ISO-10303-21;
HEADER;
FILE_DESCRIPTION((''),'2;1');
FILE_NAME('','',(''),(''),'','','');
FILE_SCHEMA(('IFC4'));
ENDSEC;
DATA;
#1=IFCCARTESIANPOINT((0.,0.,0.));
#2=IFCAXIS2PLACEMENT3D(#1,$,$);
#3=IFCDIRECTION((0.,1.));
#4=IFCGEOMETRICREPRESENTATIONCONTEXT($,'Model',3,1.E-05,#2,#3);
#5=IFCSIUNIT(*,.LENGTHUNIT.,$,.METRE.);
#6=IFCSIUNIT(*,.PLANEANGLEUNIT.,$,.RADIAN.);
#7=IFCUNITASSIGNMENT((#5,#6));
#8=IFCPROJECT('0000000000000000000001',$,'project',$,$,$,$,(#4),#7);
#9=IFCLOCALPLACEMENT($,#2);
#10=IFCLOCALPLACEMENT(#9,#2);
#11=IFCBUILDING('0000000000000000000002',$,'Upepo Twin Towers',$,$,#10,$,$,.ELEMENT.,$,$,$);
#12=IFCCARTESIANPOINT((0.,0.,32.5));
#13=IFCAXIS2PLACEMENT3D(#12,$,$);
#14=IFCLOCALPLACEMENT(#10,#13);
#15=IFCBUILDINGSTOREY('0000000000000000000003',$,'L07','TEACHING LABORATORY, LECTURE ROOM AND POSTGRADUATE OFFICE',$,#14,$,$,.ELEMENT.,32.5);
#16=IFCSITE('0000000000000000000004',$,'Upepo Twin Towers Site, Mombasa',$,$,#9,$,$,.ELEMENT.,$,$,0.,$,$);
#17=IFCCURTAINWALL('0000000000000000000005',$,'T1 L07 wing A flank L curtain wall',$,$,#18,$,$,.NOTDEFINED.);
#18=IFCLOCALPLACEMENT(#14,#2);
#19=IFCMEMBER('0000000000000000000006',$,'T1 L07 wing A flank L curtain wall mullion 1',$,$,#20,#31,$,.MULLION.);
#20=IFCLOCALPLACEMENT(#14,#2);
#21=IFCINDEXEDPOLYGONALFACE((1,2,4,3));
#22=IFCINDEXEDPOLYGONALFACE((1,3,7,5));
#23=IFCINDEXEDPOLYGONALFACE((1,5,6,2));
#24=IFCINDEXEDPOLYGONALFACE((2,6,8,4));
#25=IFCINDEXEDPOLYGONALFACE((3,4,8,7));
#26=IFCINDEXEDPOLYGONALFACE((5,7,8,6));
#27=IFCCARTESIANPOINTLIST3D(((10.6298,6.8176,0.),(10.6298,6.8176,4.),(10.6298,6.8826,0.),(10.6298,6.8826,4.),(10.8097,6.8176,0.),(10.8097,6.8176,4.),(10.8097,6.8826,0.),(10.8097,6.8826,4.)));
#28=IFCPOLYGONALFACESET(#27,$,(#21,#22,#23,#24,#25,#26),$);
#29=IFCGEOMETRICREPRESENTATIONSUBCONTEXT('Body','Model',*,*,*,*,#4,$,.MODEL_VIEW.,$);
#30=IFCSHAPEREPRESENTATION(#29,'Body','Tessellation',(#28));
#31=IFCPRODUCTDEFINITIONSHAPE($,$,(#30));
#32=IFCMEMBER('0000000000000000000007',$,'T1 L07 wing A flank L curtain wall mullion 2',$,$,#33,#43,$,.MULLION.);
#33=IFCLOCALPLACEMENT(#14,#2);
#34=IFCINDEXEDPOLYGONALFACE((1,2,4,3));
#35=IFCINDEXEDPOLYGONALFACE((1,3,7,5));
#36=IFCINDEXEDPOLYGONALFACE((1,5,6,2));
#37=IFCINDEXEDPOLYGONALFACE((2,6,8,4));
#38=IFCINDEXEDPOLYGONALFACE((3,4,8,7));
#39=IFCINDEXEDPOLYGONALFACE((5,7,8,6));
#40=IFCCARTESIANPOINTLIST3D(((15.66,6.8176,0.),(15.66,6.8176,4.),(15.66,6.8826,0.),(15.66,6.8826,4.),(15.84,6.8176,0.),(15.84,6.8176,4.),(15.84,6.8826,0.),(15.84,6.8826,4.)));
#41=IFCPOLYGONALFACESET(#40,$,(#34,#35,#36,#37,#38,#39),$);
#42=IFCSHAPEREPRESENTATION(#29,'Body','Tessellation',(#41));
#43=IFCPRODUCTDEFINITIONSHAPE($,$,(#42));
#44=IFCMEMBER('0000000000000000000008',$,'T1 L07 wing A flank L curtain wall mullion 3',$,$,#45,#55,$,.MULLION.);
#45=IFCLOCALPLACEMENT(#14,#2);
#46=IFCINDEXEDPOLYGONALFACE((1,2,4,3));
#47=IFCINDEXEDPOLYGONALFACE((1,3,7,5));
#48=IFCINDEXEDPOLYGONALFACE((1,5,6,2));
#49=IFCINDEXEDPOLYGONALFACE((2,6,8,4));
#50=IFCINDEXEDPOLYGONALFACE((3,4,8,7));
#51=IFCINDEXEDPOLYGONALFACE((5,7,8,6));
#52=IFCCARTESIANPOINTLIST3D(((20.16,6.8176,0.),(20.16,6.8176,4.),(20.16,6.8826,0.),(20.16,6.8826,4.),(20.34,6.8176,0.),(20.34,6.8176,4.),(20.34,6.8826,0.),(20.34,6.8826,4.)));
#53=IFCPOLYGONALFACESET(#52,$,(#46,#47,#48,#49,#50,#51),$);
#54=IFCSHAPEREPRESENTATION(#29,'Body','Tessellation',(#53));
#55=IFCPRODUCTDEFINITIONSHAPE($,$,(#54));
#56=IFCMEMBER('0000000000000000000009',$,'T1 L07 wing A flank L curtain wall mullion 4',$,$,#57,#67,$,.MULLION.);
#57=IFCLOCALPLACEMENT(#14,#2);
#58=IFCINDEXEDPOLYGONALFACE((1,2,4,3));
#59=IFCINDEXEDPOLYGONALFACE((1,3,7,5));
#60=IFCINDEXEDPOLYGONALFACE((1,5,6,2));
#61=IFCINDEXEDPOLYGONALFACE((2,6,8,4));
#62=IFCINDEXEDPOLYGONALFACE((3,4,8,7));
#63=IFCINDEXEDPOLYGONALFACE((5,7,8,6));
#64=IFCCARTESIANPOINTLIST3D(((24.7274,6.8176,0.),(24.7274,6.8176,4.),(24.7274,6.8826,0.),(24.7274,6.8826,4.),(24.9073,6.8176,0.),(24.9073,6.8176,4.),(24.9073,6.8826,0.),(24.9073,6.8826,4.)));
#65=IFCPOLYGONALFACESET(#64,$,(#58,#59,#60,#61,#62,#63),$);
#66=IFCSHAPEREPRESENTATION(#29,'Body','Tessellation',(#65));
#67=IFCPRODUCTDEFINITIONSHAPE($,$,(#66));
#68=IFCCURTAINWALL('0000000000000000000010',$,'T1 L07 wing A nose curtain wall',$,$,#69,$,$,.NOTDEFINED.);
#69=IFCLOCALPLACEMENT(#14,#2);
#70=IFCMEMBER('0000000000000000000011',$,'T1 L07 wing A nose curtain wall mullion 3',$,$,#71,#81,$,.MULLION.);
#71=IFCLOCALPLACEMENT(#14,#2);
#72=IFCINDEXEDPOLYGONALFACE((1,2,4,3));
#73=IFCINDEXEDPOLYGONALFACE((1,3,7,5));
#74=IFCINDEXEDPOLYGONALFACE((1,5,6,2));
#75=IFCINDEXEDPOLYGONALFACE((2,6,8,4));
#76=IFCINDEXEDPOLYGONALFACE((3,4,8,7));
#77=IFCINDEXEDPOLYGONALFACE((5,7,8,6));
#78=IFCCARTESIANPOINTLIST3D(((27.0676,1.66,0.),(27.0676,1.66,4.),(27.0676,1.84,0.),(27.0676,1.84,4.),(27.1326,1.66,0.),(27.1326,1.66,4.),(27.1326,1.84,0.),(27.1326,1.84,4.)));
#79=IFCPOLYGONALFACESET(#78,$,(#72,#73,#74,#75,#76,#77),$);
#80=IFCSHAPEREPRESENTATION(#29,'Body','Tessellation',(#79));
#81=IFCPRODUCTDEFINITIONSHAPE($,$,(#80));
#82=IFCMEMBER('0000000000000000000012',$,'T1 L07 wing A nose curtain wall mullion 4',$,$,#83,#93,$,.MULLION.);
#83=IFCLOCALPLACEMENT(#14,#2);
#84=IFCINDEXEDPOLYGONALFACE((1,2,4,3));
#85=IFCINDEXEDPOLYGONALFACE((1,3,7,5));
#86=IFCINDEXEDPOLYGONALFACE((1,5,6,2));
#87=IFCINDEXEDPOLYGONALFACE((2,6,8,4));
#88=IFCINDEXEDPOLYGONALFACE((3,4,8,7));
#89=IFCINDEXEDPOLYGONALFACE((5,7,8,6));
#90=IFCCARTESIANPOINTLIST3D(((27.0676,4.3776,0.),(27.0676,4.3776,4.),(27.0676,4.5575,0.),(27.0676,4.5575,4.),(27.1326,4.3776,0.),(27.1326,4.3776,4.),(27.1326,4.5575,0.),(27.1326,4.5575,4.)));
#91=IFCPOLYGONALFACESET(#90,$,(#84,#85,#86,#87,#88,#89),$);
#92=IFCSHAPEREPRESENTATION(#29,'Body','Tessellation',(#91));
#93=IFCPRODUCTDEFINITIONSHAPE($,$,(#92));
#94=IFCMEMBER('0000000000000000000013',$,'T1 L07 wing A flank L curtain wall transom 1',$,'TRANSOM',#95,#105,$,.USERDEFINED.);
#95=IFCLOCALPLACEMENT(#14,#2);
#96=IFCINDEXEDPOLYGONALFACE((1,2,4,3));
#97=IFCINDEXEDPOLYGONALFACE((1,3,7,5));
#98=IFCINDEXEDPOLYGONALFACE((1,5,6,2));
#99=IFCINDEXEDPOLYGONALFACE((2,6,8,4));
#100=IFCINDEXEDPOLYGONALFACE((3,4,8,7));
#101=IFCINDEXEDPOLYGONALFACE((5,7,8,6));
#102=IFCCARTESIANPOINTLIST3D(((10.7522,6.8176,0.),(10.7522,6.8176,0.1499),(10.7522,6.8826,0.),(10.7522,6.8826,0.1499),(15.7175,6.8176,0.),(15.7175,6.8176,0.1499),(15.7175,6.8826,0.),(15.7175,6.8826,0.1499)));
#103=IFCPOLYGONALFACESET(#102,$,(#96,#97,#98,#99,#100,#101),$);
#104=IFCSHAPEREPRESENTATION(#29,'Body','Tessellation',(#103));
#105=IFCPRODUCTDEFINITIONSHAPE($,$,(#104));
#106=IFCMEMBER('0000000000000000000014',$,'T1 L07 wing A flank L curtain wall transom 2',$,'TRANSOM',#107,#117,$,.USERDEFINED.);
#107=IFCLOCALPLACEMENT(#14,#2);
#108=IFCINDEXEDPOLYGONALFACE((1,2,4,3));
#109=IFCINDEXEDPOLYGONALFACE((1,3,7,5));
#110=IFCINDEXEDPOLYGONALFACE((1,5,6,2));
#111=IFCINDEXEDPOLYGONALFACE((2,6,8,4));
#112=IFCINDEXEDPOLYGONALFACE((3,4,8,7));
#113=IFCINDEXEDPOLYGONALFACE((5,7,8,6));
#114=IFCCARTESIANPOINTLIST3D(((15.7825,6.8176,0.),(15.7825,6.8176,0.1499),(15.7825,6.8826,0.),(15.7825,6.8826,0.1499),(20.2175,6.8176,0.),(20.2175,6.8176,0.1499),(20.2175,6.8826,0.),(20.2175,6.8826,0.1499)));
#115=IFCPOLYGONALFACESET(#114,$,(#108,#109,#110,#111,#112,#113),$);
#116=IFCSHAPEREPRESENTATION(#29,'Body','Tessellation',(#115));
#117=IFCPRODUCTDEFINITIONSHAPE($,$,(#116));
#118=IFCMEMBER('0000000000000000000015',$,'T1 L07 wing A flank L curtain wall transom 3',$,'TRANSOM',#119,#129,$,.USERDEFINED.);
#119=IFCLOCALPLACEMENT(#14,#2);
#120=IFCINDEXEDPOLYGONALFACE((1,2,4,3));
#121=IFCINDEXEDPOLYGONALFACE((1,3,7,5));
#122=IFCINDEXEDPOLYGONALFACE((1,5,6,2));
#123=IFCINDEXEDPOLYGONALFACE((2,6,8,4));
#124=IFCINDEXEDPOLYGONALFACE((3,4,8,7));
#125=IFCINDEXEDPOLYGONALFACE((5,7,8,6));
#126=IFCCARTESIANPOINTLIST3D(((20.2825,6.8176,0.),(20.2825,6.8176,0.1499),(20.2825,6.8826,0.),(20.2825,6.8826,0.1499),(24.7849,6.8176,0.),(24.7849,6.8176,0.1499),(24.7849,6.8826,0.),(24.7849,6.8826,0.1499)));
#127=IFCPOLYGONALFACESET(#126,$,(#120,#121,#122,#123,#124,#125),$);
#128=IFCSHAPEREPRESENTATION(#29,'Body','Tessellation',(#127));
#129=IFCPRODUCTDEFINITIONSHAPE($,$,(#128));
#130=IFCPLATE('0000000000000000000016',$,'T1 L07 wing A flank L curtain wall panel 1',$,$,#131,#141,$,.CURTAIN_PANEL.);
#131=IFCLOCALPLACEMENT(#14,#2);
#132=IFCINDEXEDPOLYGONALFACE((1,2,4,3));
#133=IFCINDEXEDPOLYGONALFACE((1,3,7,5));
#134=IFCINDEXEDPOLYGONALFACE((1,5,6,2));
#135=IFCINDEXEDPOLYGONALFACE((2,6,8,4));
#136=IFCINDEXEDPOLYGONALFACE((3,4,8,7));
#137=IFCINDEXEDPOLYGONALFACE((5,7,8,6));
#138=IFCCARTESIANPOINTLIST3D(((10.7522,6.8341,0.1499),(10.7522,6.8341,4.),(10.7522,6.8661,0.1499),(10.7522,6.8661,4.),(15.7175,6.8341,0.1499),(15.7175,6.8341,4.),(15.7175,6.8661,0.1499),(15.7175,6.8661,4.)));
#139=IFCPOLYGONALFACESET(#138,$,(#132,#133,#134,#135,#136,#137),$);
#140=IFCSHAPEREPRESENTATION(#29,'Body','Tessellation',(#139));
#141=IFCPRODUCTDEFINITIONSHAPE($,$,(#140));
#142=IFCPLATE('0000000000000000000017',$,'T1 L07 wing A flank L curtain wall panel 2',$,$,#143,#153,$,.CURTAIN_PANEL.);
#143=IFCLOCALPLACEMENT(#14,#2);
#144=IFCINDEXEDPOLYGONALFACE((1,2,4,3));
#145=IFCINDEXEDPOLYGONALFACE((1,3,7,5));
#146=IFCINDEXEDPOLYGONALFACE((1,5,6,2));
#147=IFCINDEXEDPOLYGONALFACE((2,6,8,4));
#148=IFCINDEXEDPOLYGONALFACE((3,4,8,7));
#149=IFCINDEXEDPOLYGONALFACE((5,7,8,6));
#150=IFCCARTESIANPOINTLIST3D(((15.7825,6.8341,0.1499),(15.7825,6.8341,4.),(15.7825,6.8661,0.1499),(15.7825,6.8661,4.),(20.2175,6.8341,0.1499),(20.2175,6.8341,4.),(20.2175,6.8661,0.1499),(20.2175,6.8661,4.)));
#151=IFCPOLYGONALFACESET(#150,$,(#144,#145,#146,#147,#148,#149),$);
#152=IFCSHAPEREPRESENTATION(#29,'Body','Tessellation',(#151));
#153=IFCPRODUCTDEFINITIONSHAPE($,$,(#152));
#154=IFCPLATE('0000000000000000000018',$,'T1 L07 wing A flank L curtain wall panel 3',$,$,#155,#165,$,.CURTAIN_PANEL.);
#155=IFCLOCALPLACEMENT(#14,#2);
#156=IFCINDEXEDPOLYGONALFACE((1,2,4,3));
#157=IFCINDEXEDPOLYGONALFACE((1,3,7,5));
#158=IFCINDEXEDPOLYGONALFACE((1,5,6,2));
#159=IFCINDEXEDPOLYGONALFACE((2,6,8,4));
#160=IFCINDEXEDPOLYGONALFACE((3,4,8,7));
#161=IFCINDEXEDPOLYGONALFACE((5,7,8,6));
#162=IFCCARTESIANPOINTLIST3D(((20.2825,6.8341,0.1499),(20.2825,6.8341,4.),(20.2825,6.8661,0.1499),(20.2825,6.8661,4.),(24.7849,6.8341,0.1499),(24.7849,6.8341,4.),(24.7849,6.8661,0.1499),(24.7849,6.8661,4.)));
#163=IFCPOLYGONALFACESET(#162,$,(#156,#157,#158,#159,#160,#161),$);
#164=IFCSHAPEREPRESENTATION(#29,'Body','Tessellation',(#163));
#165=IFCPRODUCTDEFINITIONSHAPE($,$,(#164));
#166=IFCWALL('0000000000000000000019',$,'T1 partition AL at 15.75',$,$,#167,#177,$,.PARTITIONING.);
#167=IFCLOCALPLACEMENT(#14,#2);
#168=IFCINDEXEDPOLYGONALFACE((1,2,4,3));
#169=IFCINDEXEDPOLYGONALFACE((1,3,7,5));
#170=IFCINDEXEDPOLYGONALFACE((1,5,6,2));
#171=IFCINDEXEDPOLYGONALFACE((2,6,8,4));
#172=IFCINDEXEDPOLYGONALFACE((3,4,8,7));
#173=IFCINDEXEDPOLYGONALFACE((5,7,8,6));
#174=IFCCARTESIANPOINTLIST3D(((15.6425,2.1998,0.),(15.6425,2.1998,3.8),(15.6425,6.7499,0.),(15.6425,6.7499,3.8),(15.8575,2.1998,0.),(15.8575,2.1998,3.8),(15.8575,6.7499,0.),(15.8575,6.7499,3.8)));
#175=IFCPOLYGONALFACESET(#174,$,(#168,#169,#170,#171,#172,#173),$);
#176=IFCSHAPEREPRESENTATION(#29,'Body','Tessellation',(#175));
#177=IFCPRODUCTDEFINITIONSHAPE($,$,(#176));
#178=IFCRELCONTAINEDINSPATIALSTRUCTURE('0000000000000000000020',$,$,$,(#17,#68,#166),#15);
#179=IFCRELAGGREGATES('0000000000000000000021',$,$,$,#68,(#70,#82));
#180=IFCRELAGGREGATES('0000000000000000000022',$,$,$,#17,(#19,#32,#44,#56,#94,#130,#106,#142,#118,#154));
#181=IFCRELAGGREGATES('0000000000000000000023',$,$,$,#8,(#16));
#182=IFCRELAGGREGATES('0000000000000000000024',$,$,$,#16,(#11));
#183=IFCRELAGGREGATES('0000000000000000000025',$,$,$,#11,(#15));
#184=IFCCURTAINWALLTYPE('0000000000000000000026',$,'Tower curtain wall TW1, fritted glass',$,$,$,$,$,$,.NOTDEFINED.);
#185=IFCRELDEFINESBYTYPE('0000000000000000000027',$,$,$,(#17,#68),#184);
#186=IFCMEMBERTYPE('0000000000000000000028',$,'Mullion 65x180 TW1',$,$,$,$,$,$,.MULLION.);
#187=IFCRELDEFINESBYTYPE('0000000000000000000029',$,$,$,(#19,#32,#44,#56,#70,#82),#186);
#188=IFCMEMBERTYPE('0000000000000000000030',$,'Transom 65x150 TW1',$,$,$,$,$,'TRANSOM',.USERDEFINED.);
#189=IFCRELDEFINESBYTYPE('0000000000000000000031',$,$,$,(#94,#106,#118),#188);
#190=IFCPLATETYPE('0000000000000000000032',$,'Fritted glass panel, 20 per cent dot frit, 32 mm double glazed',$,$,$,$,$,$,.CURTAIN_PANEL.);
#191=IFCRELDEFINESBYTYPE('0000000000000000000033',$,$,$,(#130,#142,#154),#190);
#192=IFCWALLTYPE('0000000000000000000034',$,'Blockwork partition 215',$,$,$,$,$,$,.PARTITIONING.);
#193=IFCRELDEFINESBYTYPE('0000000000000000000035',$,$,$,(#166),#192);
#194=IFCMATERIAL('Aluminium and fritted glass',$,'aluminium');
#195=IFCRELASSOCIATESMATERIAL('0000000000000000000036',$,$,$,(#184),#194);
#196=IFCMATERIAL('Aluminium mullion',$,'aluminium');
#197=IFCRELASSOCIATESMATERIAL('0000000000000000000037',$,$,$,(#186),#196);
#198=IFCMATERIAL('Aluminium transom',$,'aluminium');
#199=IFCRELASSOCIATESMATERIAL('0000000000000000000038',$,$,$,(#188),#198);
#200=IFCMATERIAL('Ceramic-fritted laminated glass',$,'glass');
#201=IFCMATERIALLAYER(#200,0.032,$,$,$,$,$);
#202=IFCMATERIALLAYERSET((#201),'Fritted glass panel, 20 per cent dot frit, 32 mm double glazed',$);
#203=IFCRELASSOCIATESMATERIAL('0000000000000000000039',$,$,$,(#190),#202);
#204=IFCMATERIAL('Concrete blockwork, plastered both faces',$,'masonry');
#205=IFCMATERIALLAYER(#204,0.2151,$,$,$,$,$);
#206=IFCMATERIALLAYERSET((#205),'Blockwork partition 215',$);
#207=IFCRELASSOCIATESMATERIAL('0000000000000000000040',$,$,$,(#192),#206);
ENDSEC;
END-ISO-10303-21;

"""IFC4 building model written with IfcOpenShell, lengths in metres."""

from ifc_helpers import new_model, si_unit, direction, frame, frame_2d, origin, origin_2d, place, context, subcontext, project, spatial, rectangle, extrude, material, layer, layer_set, material_profile, profile_set, type_object, element, aggregate, save


model = new_model("IFC4")

# Units and contexts
model_context = context("Model", 3, precision=1e-05, world=origin(), true_north=direction((0.0, 1.0)))
body_context = subcontext(model_context, "Body", "Model", "MODEL_VIEW")
ifc_project = project(units=[si_unit("LENGTHUNIT", "METRE"), si_unit("PLANEANGLEUNIT", "RADIAN")], contexts=[model_context])

# Site, building, storey
site_placement = place(None, origin())
site = spatial("IfcSite", under=ifc_project, at=site_placement, Name="Upepo Twin Towers Site, Mombasa", CompositionType="ELEMENT", RefElevation=0.0)
building_placement = place(site_placement, origin())
building = spatial("IfcBuilding", under=site, at=building_placement, Name="Upepo Twin Towers", CompositionType="ELEMENT")
storey_placement = place(building_placement, frame((0.0, 0.0, 32.5)))
storey = spatial("IfcBuildingStorey", under=building, at=storey_placement, Name="L07", Description="TEACHING LABORATORY, LECTURE ROOM AND POSTGRADUATE OFFICE", CompositionType="ELEMENT", Elevation=32.5)

# Curtain walls, members
ifc_material_1 = material(Name="Aluminium and fritted glass", Category="aluminium")
curtain_wall_type = type_object("IfcCurtainWallType", Name="Tower curtain wall TW1, fritted glass", PredefinedType="NOTDEFINED", material=ifc_material_1)
curtain_wall_1_placement = place(storey_placement, origin())
curtain_wall_1 = element("IfcCurtainWall", 1, at=curtain_wall_1_placement, inside=storey, type_object=curtain_wall_type, Name="T1 L07 wing A flank L curtain wall", PredefinedType="NOTDEFINED")
ifc_material_2 = material(Name="Aluminium mullion", Category="aluminium")
ifc_material_profile_1 = material_profile(ifc_material_2, rectangle(XDim=0.0649, YDim=0.1799, at=origin_2d()), Name="MULLION 65x180")
ifc_profile_set_1 = profile_set([ifc_material_profile_1], Name="Aluminium mullion")
member_type_1 = type_object("IfcMemberType", Name="Mullion 65x180 TW1", PredefinedType="MULLION", material=ifc_profile_set_1)
member_1_placement = place(storey_placement, frame((10.7197, 6.8501, 0.0), z_axis=(0.0, 0.0, 1.0), x_axis=(0.0, 1.0, 0.0)))
member_1 = element("IfcMember", 2, at=member_1_placement, type_object=member_type_1, Name="T1 L07 wing A flank L curtain wall mullion 1", PredefinedType="MULLION", context=body_context, shape_type="SweptSolid", body=[
    extrude(rectangle(XDim=0.0649, YDim=0.1799, at=origin_2d()), origin(), (0.0, 0.0, 1.0), 4.0),
])
member_2_placement = place(storey_placement, frame((15.75, 6.8501, 0.0), z_axis=(0.0, 0.0, 1.0), x_axis=(0.0, 1.0, 0.0)))
member_2 = element("IfcMember", 3, at=member_2_placement, type_object=member_type_1, Name="T1 L07 wing A flank L curtain wall mullion 2", PredefinedType="MULLION", context=body_context, shape_type="SweptSolid", body=[
    extrude(rectangle(XDim=0.0649, YDim=0.1799, at=origin_2d()), origin(), (0.0, 0.0, 1.0), 4.0),
])
member_3_placement = place(storey_placement, frame((20.25, 6.8501, 0.0), z_axis=(0.0, 0.0, 1.0), x_axis=(0.0, 1.0, 0.0)))
member_3 = element("IfcMember", 4, at=member_3_placement, type_object=member_type_1, Name="T1 L07 wing A flank L curtain wall mullion 3", PredefinedType="MULLION", context=body_context, shape_type="SweptSolid", body=[
    extrude(rectangle(XDim=0.0649, YDim=0.1799, at=origin_2d()), origin(), (0.0, 0.0, 1.0), 4.0),
])
member_4_placement = place(storey_placement, frame((24.8174, 6.8501, 0.0), z_axis=(0.0, 0.0, 1.0), x_axis=(0.0, 1.0, 0.0)))
member_4 = element("IfcMember", 5, at=member_4_placement, type_object=member_type_1, Name="T1 L07 wing A flank L curtain wall mullion 4", PredefinedType="MULLION", context=body_context, shape_type="SweptSolid", body=[
    extrude(rectangle(XDim=0.0649, YDim=0.1799, at=origin_2d()), origin(), (0.0, 0.0, 1.0), 4.0),
])
curtain_wall_2_placement = place(storey_placement, origin())
curtain_wall_2 = element("IfcCurtainWall", 6, at=curtain_wall_2_placement, inside=storey, type_object=curtain_wall_type, Name="T1 L07 wing A nose curtain wall", PredefinedType="NOTDEFINED")
member_5_placement = place(storey_placement, frame((27.1001, 1.75, 0.0), z_axis=(0.0, 0.0, 1.0), x_axis=(-1.0, 0.0, 0.0)))
member_5 = element("IfcMember", 7, at=member_5_placement, type_object=member_type_1, Name="T1 L07 wing A nose curtain wall mullion 3", PredefinedType="MULLION", context=body_context, shape_type="SweptSolid", body=[
    extrude(rectangle(XDim=0.0649, YDim=0.1799, at=origin_2d()), origin(), (0.0, 0.0, 1.0), 4.0),
])
member_6_placement = place(storey_placement, frame((27.1001, 4.4675, 0.0), z_axis=(0.0, 0.0, 1.0), x_axis=(-1.0, 0.0, 0.0)))
member_6 = element("IfcMember", 8, at=member_6_placement, type_object=member_type_1, Name="T1 L07 wing A nose curtain wall mullion 4", PredefinedType="MULLION", context=body_context, shape_type="SweptSolid", body=[
    extrude(rectangle(XDim=0.0649, YDim=0.1799, at=origin_2d()), origin(), (0.0, 0.0, 1.0), 4.0),
])
aggregate(curtain_wall_2, [member_5, member_6])

# Members
ifc_material_3 = material(Name="Aluminium transom", Category="aluminium")
ifc_material_profile_2 = material_profile(ifc_material_3, rectangle(XDim=0.0649, YDim=0.1499, at=origin_2d()), Name="TRANSOM 65x150")
ifc_profile_set_2 = profile_set([ifc_material_profile_2], Name="Aluminium transom")
member_type_2 = type_object("IfcMemberType", Name="Transom 65x150 TW1", ElementType="TRANSOM", PredefinedType="USERDEFINED", material=ifc_profile_set_2)
member_7_placement = place(storey_placement, frame((10.7522, 6.8501, 0.075), z_axis=(1.0, 0.0, 0.0), x_axis=(0.0, 1.0, 0.0)))
member_7 = element("IfcMember", 9, at=member_7_placement, type_object=member_type_2, Name="T1 L07 wing A flank L curtain wall transom 1", ObjectType="TRANSOM", PredefinedType="USERDEFINED", context=body_context, shape_type="SweptSolid", body=[
    extrude(rectangle(XDim=0.0649, YDim=0.1499, at=origin_2d()), origin(), (0.0, 0.0, 1.0), 4.9653),
])
member_8_placement = place(storey_placement, frame((15.7825, 6.8501, 0.075), z_axis=(1.0, 0.0, 0.0), x_axis=(0.0, 1.0, 0.0)))
member_8 = element("IfcMember", 10, at=member_8_placement, type_object=member_type_2, Name="T1 L07 wing A flank L curtain wall transom 2", ObjectType="TRANSOM", PredefinedType="USERDEFINED", context=body_context, shape_type="SweptSolid", body=[
    extrude(rectangle(XDim=0.0649, YDim=0.1499, at=origin_2d()), origin(), (0.0, 0.0, 1.0), 4.4351),
])
member_9_placement = place(storey_placement, frame((20.2825, 6.8501, 0.075), z_axis=(1.0, 0.0, 0.0), x_axis=(0.0, 1.0, 0.0)))
member_9 = element("IfcMember", 11, at=member_9_placement, type_object=member_type_2, Name="T1 L07 wing A flank L curtain wall transom 3", ObjectType="TRANSOM", PredefinedType="USERDEFINED", context=body_context, shape_type="SweptSolid", body=[
    extrude(rectangle(XDim=0.0649, YDim=0.1499, at=origin_2d()), origin(), (0.0, 0.0, 1.0), 4.5024),
])

# Plates
ifc_material_4 = material(Name="Ceramic-fritted laminated glass", Category="glass")
ifc_layer_1 = layer(ifc_material_4, 0.032)
ifc_layer_set_1 = layer_set([ifc_layer_1], Name="Fritted glass panel, 20 per cent dot frit, 32 mm double glazed")
plate_type = type_object("IfcPlateType", Name="Fritted glass panel, 20 per cent dot frit, 32 mm double glazed", PredefinedType="CURTAIN_PANEL", material=ifc_layer_set_1)
plate_1_placement = place(storey_placement, frame((13.2349, 6.8501, 0.1499), z_axis=(0.0, 0.0, 1.0), x_axis=(1.0, 0.0, 0.0)))
plate_1 = element("IfcPlate", 12, at=plate_1_placement, type_object=plate_type, Name="T1 L07 wing A flank L curtain wall panel 1", PredefinedType="CURTAIN_PANEL", context=body_context, shape_type="SweptSolid", body=[
    extrude(rectangle(XDim=4.9653, YDim=0.032, at=origin_2d()), origin(), (0.0, 0.0, 1.0), 3.8501),
])
plate_2_placement = place(storey_placement, frame((18.0, 6.8501, 0.1499), z_axis=(0.0, 0.0, 1.0), x_axis=(1.0, 0.0, 0.0)))
plate_2 = element("IfcPlate", 13, at=plate_2_placement, type_object=plate_type, Name="T1 L07 wing A flank L curtain wall panel 2", PredefinedType="CURTAIN_PANEL", context=body_context, shape_type="SweptSolid", body=[
    extrude(rectangle(XDim=4.4351, YDim=0.032, at=origin_2d()), origin(), (0.0, 0.0, 1.0), 3.8501),
])
plate_3_placement = place(storey_placement, frame((22.5337, 6.8501, 0.1499), z_axis=(0.0, 0.0, 1.0), x_axis=(1.0, 0.0, 0.0)))
plate_3 = element("IfcPlate", 14, at=plate_3_placement, type_object=plate_type, Name="T1 L07 wing A flank L curtain wall panel 3", PredefinedType="CURTAIN_PANEL", context=body_context, shape_type="SweptSolid", body=[
    extrude(rectangle(XDim=4.5024, YDim=0.032, at=origin_2d()), origin(), (0.0, 0.0, 1.0), 3.8501),
])
aggregate(curtain_wall_1, [member_1, member_2, member_3, member_4, member_7, plate_1, member_8, plate_2, member_9, plate_3])

# Wall
ifc_material_5 = material(Name="Concrete blockwork, plastered both faces", Category="masonry")
ifc_layer_2 = layer(ifc_material_5, 0.2151)
ifc_layer_set_2 = layer_set([ifc_layer_2], Name="Blockwork partition 215")
wall_type_1 = type_object("IfcWallType", Name="Blockwork partition 215", PredefinedType="PARTITIONING", material=ifc_layer_set_2)
wall_1_placement = place(storey_placement, frame((15.75, 2.2, 0.0), z_axis=(0.0, 0.0, 1.0), x_axis=(0.0, 1.0, 0.0)))
element("IfcWall", 15, at=wall_1_placement, inside=storey, type_object=wall_type_1, Name="T1 partition AL at 15.75", PredefinedType="PARTITIONING", context=body_context, shape_type="SweptSolid", body=[
    extrude(rectangle(XDim=4.55, YDim=0.2151, at=frame_2d((2.2749, 0.0))), origin(), (0.0, 0.0, 1.0), 3.8),
])

save(model, "model.ifc")
